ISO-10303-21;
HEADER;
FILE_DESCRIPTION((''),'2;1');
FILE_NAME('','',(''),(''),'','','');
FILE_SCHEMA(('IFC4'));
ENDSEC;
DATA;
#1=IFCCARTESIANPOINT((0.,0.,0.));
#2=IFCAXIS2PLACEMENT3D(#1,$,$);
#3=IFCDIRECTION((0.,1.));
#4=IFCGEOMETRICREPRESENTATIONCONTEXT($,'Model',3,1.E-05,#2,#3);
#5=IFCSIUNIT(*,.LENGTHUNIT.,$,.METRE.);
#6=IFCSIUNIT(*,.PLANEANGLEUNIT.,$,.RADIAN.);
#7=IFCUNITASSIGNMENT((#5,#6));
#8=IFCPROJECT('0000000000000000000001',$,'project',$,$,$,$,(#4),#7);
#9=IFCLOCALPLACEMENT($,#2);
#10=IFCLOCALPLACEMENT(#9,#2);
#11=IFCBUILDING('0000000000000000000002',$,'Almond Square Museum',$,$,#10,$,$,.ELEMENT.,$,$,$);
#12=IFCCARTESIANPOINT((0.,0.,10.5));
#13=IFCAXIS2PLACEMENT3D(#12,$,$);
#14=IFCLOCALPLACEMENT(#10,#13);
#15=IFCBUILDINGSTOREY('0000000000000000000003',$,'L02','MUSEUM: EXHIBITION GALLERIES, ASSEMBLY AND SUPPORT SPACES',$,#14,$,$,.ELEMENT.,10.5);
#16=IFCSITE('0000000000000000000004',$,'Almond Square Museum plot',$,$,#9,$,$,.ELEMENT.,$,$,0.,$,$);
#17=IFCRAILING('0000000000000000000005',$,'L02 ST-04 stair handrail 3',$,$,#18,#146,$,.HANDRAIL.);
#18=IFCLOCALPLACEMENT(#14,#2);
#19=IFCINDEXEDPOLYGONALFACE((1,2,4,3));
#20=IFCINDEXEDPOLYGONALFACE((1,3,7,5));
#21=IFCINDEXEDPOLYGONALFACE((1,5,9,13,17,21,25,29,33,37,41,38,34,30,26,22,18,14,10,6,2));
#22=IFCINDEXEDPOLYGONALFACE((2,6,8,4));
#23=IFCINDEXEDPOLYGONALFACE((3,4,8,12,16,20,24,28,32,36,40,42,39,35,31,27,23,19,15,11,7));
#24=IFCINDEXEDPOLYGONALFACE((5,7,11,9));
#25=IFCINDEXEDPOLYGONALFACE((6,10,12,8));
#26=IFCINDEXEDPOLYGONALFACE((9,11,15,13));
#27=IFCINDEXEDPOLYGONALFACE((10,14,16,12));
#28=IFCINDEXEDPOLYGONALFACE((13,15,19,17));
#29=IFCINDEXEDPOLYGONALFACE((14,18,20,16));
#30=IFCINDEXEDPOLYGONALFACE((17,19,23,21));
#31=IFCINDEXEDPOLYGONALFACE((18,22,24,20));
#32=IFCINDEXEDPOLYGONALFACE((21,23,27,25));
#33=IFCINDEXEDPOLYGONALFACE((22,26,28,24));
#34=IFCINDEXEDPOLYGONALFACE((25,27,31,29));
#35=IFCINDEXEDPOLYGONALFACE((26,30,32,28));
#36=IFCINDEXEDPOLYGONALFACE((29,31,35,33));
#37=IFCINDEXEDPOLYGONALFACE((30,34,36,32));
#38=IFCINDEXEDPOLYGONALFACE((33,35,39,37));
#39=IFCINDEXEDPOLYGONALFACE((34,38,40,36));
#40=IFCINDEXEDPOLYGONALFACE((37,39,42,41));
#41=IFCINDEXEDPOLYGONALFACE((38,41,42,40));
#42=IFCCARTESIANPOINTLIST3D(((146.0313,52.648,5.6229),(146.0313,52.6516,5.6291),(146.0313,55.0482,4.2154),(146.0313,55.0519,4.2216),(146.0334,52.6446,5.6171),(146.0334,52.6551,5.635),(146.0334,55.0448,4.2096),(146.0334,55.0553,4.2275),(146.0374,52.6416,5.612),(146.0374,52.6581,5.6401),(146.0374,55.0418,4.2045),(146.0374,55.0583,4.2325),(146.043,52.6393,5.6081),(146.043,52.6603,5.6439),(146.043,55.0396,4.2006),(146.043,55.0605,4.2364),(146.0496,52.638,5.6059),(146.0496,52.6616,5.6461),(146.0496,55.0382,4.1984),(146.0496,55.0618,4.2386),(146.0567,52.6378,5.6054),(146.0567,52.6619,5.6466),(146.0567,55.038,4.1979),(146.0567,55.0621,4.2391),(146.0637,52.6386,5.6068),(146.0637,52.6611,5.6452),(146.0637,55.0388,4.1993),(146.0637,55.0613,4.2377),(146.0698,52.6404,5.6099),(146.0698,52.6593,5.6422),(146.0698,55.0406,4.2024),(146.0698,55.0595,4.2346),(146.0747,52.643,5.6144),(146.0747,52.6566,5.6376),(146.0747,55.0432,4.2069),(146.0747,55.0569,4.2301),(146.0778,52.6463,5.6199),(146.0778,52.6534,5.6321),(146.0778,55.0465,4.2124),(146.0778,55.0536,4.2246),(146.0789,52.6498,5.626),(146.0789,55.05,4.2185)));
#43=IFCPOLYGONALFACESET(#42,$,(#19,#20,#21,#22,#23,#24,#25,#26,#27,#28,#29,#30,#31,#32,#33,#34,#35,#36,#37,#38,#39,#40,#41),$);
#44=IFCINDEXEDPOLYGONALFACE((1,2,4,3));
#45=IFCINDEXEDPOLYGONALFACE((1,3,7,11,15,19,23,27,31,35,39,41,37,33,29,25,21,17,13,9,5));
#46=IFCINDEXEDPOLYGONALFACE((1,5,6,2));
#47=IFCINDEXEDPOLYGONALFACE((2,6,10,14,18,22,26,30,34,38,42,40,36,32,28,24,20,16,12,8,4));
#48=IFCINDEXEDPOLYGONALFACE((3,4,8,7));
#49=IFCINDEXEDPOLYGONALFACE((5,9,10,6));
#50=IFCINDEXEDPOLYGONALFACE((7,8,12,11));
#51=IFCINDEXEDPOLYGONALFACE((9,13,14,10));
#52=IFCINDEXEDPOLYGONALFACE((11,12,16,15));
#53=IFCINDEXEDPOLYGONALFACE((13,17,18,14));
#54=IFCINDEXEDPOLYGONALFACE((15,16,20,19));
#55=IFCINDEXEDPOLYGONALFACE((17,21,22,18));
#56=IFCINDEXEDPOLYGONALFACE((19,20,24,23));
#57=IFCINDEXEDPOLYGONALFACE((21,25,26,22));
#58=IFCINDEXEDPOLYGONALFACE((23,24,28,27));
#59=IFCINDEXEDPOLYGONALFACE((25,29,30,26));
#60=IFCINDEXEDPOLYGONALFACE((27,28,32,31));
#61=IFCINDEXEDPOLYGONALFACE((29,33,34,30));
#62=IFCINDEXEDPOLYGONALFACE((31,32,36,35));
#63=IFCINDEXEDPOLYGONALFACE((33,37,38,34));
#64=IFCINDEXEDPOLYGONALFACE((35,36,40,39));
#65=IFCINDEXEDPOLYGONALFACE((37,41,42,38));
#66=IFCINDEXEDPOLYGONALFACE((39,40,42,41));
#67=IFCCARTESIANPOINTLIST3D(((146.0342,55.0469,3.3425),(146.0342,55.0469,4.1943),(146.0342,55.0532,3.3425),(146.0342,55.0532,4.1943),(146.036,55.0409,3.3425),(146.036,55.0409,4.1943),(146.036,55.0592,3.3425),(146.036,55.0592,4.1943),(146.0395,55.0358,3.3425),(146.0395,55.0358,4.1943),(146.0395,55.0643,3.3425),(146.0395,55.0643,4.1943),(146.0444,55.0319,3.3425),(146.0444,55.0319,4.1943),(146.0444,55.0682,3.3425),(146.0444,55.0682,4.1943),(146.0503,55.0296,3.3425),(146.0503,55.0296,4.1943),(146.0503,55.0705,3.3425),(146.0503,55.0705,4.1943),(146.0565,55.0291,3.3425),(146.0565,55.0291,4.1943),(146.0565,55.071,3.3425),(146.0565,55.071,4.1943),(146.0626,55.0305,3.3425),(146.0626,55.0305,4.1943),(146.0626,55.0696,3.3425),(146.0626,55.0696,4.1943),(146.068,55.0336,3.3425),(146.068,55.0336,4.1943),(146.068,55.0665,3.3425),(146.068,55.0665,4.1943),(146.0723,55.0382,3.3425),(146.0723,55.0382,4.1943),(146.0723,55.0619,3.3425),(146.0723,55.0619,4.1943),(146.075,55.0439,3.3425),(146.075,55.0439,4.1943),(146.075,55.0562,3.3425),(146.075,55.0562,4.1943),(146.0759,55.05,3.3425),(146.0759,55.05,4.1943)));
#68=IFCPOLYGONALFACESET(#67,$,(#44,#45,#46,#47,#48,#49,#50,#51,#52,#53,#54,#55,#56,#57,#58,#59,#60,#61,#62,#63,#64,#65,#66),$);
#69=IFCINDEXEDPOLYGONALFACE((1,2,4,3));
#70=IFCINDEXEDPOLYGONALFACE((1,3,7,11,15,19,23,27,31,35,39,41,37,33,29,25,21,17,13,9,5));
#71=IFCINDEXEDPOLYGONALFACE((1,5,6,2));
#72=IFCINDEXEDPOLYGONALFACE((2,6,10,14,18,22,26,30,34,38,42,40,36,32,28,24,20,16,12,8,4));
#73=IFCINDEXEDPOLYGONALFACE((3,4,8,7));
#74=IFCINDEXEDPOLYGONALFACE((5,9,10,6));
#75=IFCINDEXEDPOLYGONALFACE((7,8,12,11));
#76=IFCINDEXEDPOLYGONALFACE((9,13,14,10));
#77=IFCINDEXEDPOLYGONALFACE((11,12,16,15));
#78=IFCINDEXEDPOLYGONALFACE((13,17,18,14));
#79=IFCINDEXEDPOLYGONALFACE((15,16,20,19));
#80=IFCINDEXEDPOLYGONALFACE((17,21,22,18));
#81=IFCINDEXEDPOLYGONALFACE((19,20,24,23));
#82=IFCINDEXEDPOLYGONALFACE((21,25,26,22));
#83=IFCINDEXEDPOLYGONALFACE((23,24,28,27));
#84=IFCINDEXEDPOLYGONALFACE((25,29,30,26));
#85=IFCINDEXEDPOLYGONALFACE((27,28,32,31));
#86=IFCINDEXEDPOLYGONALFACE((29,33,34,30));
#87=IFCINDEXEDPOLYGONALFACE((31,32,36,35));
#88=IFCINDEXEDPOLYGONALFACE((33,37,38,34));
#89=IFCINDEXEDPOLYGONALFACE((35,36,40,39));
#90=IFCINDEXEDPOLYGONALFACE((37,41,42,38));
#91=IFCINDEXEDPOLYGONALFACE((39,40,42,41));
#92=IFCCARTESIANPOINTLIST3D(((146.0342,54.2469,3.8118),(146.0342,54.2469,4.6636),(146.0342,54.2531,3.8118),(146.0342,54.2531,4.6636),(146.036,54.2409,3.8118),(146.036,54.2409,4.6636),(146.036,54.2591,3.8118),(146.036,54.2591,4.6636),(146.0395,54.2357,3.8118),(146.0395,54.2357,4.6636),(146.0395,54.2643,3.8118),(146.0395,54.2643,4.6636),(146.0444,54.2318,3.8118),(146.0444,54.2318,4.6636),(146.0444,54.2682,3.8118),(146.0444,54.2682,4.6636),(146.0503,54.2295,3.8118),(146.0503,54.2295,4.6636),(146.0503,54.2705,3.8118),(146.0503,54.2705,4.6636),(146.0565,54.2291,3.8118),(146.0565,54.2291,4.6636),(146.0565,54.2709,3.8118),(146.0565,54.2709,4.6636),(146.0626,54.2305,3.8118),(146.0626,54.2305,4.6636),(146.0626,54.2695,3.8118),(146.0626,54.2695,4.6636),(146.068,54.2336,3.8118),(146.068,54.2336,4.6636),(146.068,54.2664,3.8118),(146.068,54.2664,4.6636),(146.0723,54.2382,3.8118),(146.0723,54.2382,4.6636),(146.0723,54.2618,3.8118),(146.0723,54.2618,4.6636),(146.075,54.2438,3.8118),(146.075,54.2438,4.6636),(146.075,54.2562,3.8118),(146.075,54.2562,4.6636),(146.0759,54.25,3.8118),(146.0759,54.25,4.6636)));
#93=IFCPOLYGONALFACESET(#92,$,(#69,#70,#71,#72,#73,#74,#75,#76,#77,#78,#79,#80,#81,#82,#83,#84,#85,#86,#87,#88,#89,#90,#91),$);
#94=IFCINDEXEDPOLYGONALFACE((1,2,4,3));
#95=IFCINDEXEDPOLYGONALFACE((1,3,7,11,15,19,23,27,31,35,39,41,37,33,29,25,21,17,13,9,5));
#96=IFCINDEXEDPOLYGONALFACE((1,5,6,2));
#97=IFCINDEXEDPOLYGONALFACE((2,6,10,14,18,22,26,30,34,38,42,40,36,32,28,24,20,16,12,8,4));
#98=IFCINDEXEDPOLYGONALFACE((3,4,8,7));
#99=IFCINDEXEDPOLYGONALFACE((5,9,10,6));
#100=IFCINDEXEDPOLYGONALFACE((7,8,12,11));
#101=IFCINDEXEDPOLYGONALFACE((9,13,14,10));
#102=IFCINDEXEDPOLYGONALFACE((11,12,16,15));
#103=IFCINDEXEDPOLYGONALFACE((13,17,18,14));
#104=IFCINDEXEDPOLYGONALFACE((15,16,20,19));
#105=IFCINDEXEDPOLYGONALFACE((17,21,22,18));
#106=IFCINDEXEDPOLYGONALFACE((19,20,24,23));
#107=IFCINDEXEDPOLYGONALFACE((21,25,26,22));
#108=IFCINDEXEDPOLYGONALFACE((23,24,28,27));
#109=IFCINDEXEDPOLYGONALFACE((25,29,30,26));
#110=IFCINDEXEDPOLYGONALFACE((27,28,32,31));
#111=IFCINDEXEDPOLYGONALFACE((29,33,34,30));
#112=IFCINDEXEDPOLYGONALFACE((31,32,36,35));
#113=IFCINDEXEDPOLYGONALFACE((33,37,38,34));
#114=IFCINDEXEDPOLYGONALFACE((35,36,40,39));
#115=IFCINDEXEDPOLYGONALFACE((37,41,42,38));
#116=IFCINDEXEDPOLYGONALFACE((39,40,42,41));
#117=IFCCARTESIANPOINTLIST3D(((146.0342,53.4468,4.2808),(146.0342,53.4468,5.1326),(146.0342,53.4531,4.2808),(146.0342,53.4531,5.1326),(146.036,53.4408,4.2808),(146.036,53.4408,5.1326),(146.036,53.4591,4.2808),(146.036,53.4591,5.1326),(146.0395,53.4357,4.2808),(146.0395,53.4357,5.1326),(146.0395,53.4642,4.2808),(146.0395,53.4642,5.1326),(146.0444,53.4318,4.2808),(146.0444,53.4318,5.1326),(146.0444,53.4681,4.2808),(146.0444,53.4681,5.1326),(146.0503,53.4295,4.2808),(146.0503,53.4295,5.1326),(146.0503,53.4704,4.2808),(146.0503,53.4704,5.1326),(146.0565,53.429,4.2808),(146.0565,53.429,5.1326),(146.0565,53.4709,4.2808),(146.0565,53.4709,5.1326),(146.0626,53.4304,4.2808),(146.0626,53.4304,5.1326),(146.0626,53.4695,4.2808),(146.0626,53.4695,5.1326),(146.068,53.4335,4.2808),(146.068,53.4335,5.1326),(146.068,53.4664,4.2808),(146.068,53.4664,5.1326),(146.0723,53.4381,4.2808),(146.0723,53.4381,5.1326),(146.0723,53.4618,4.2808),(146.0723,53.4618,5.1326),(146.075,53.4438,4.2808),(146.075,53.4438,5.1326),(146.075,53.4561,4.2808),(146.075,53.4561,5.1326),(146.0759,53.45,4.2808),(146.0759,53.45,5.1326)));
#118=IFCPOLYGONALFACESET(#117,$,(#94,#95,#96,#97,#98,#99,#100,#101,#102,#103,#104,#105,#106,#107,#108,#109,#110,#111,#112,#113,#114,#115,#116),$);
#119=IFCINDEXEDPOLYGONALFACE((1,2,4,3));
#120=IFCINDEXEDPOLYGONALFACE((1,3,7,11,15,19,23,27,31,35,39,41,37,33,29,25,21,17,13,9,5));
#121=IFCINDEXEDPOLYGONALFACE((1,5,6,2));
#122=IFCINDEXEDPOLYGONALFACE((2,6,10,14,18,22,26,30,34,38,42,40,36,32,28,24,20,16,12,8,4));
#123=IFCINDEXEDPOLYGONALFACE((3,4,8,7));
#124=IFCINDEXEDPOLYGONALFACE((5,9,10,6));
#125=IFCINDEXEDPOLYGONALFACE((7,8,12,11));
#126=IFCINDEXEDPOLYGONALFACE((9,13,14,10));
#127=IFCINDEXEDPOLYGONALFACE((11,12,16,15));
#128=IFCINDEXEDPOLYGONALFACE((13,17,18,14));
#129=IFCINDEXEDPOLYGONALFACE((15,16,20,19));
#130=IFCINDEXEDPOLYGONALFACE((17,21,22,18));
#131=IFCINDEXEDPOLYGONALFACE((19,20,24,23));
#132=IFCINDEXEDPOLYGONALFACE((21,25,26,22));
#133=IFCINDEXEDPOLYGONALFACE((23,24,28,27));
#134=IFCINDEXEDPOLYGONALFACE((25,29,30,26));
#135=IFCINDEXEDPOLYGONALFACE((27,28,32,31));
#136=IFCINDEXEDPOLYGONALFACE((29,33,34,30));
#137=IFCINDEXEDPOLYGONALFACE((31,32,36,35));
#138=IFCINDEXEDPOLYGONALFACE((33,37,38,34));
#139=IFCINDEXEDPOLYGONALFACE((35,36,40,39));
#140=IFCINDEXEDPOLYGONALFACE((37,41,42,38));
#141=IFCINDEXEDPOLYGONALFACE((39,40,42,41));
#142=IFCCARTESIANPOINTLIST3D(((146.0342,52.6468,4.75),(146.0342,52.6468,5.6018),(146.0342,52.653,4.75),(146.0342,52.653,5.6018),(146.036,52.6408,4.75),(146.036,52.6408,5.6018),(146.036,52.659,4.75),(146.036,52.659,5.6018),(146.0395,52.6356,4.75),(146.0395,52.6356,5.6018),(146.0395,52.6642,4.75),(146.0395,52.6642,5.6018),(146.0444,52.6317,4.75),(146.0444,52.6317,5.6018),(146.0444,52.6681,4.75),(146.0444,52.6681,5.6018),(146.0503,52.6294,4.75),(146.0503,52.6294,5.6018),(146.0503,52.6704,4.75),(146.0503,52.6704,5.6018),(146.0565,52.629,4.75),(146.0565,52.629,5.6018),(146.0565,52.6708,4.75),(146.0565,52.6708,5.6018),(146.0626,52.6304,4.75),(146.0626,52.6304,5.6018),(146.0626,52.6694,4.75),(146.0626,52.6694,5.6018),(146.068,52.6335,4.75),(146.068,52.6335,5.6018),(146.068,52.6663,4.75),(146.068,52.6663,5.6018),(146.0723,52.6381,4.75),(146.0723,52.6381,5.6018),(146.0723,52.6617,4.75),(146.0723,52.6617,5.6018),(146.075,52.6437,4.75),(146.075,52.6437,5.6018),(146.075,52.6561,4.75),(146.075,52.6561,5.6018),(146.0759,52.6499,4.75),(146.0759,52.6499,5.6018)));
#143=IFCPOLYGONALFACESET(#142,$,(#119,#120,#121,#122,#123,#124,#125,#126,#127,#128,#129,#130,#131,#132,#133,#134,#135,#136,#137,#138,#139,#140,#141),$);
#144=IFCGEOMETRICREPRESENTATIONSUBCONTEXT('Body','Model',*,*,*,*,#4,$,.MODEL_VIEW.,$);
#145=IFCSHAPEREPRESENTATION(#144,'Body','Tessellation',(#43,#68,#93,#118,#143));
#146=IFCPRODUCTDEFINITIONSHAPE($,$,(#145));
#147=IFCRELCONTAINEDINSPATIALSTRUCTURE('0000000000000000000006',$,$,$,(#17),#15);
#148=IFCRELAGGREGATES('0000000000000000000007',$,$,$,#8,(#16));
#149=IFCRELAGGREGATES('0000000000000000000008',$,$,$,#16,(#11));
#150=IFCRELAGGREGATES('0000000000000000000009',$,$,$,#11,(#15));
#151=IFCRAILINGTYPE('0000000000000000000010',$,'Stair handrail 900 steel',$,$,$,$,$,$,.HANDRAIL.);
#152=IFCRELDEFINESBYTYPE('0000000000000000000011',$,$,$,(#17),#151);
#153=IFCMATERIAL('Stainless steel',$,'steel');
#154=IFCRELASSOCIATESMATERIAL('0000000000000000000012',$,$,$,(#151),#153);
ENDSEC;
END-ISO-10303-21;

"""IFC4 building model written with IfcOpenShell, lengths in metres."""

from ifc_helpers import new_model, si_unit, direction, frame, origin, origin_2d, place, context, subcontext, project, spatial, circle, extrude, material, type_object, element, save


model = new_model("IFC4")

# Units and contexts
model_context = context("Model", 3, precision=1e-05, world=origin(), true_north=direction((0.0, 1.0)))
body_context = subcontext(model_context, "Body", "Model", "MODEL_VIEW")
ifc_project = project(units=[si_unit("LENGTHUNIT", "METRE"), si_unit("PLANEANGLEUNIT", "RADIAN")], contexts=[model_context])

# Site, building, storey
site_placement = place(None, origin())
site = spatial("IfcSite", under=ifc_project, at=site_placement, Name="Almond Square Museum plot", CompositionType="ELEMENT", RefElevation=0.0)
building_placement = place(site_placement, origin())
building = spatial("IfcBuilding", under=site, at=building_placement, Name="Almond Square Museum", CompositionType="ELEMENT")
storey_placement = place(building_placement, frame((0.0, 0.0, 10.5)))
storey = spatial("IfcBuildingStorey", under=building, at=storey_placement, Name="L02", Description="MUSEUM: EXHIBITION GALLERIES, ASSEMBLY AND SUPPORT SPACES", CompositionType="ELEMENT", Elevation=10.5)

# Railing
ifc_material_1 = material(Name="Stainless steel", Category="steel")
railing_type_1 = type_object("IfcRailingType", Name="Stair handrail 900 steel", PredefinedType="HANDRAIL", material=ifc_material_1)
for number, where, name in (
    (1, (146.0549, 55.05, 3.3425), "L02 ST-04 stair handrail 3"),
):
    element("IfcRailing", number, at=place(storey_placement, frame(where)), inside=storey, type_object=railing_type_1, Name=name, PredefinedType="HANDRAIL", context=body_context, shape_type="SweptSolid", body=[
        extrude(circle(Radius=0.0239, at=origin_2d()), frame((0.0, 0.0, 0.876), z_axis=(0.0, -0.862621, 0.50585), x_axis=(1.0, 0.0, 0.0)), (0.0, 0.0, 1.0), 2.7825),
        extrude(circle(Radius=0.021, at=origin_2d()), origin(), (0.0, 0.0, 1.0), 0.8518),
        extrude(circle(Radius=0.021, at=origin_2d()), frame((0.0, -0.8, 0.4692)), (0.0, 0.0, 1.0), 0.8518),
        extrude(circle(Radius=0.021, at=origin_2d()), frame((0.0, -1.6001, 0.9382)), (0.0, 0.0, 1.0), 0.8518),
        extrude(circle(Radius=0.021, at=origin_2d()), frame((0.0, -2.4001, 1.4075)), (0.0, 0.0, 1.0), 0.8518),
    ])

save(model, "model.ifc")
